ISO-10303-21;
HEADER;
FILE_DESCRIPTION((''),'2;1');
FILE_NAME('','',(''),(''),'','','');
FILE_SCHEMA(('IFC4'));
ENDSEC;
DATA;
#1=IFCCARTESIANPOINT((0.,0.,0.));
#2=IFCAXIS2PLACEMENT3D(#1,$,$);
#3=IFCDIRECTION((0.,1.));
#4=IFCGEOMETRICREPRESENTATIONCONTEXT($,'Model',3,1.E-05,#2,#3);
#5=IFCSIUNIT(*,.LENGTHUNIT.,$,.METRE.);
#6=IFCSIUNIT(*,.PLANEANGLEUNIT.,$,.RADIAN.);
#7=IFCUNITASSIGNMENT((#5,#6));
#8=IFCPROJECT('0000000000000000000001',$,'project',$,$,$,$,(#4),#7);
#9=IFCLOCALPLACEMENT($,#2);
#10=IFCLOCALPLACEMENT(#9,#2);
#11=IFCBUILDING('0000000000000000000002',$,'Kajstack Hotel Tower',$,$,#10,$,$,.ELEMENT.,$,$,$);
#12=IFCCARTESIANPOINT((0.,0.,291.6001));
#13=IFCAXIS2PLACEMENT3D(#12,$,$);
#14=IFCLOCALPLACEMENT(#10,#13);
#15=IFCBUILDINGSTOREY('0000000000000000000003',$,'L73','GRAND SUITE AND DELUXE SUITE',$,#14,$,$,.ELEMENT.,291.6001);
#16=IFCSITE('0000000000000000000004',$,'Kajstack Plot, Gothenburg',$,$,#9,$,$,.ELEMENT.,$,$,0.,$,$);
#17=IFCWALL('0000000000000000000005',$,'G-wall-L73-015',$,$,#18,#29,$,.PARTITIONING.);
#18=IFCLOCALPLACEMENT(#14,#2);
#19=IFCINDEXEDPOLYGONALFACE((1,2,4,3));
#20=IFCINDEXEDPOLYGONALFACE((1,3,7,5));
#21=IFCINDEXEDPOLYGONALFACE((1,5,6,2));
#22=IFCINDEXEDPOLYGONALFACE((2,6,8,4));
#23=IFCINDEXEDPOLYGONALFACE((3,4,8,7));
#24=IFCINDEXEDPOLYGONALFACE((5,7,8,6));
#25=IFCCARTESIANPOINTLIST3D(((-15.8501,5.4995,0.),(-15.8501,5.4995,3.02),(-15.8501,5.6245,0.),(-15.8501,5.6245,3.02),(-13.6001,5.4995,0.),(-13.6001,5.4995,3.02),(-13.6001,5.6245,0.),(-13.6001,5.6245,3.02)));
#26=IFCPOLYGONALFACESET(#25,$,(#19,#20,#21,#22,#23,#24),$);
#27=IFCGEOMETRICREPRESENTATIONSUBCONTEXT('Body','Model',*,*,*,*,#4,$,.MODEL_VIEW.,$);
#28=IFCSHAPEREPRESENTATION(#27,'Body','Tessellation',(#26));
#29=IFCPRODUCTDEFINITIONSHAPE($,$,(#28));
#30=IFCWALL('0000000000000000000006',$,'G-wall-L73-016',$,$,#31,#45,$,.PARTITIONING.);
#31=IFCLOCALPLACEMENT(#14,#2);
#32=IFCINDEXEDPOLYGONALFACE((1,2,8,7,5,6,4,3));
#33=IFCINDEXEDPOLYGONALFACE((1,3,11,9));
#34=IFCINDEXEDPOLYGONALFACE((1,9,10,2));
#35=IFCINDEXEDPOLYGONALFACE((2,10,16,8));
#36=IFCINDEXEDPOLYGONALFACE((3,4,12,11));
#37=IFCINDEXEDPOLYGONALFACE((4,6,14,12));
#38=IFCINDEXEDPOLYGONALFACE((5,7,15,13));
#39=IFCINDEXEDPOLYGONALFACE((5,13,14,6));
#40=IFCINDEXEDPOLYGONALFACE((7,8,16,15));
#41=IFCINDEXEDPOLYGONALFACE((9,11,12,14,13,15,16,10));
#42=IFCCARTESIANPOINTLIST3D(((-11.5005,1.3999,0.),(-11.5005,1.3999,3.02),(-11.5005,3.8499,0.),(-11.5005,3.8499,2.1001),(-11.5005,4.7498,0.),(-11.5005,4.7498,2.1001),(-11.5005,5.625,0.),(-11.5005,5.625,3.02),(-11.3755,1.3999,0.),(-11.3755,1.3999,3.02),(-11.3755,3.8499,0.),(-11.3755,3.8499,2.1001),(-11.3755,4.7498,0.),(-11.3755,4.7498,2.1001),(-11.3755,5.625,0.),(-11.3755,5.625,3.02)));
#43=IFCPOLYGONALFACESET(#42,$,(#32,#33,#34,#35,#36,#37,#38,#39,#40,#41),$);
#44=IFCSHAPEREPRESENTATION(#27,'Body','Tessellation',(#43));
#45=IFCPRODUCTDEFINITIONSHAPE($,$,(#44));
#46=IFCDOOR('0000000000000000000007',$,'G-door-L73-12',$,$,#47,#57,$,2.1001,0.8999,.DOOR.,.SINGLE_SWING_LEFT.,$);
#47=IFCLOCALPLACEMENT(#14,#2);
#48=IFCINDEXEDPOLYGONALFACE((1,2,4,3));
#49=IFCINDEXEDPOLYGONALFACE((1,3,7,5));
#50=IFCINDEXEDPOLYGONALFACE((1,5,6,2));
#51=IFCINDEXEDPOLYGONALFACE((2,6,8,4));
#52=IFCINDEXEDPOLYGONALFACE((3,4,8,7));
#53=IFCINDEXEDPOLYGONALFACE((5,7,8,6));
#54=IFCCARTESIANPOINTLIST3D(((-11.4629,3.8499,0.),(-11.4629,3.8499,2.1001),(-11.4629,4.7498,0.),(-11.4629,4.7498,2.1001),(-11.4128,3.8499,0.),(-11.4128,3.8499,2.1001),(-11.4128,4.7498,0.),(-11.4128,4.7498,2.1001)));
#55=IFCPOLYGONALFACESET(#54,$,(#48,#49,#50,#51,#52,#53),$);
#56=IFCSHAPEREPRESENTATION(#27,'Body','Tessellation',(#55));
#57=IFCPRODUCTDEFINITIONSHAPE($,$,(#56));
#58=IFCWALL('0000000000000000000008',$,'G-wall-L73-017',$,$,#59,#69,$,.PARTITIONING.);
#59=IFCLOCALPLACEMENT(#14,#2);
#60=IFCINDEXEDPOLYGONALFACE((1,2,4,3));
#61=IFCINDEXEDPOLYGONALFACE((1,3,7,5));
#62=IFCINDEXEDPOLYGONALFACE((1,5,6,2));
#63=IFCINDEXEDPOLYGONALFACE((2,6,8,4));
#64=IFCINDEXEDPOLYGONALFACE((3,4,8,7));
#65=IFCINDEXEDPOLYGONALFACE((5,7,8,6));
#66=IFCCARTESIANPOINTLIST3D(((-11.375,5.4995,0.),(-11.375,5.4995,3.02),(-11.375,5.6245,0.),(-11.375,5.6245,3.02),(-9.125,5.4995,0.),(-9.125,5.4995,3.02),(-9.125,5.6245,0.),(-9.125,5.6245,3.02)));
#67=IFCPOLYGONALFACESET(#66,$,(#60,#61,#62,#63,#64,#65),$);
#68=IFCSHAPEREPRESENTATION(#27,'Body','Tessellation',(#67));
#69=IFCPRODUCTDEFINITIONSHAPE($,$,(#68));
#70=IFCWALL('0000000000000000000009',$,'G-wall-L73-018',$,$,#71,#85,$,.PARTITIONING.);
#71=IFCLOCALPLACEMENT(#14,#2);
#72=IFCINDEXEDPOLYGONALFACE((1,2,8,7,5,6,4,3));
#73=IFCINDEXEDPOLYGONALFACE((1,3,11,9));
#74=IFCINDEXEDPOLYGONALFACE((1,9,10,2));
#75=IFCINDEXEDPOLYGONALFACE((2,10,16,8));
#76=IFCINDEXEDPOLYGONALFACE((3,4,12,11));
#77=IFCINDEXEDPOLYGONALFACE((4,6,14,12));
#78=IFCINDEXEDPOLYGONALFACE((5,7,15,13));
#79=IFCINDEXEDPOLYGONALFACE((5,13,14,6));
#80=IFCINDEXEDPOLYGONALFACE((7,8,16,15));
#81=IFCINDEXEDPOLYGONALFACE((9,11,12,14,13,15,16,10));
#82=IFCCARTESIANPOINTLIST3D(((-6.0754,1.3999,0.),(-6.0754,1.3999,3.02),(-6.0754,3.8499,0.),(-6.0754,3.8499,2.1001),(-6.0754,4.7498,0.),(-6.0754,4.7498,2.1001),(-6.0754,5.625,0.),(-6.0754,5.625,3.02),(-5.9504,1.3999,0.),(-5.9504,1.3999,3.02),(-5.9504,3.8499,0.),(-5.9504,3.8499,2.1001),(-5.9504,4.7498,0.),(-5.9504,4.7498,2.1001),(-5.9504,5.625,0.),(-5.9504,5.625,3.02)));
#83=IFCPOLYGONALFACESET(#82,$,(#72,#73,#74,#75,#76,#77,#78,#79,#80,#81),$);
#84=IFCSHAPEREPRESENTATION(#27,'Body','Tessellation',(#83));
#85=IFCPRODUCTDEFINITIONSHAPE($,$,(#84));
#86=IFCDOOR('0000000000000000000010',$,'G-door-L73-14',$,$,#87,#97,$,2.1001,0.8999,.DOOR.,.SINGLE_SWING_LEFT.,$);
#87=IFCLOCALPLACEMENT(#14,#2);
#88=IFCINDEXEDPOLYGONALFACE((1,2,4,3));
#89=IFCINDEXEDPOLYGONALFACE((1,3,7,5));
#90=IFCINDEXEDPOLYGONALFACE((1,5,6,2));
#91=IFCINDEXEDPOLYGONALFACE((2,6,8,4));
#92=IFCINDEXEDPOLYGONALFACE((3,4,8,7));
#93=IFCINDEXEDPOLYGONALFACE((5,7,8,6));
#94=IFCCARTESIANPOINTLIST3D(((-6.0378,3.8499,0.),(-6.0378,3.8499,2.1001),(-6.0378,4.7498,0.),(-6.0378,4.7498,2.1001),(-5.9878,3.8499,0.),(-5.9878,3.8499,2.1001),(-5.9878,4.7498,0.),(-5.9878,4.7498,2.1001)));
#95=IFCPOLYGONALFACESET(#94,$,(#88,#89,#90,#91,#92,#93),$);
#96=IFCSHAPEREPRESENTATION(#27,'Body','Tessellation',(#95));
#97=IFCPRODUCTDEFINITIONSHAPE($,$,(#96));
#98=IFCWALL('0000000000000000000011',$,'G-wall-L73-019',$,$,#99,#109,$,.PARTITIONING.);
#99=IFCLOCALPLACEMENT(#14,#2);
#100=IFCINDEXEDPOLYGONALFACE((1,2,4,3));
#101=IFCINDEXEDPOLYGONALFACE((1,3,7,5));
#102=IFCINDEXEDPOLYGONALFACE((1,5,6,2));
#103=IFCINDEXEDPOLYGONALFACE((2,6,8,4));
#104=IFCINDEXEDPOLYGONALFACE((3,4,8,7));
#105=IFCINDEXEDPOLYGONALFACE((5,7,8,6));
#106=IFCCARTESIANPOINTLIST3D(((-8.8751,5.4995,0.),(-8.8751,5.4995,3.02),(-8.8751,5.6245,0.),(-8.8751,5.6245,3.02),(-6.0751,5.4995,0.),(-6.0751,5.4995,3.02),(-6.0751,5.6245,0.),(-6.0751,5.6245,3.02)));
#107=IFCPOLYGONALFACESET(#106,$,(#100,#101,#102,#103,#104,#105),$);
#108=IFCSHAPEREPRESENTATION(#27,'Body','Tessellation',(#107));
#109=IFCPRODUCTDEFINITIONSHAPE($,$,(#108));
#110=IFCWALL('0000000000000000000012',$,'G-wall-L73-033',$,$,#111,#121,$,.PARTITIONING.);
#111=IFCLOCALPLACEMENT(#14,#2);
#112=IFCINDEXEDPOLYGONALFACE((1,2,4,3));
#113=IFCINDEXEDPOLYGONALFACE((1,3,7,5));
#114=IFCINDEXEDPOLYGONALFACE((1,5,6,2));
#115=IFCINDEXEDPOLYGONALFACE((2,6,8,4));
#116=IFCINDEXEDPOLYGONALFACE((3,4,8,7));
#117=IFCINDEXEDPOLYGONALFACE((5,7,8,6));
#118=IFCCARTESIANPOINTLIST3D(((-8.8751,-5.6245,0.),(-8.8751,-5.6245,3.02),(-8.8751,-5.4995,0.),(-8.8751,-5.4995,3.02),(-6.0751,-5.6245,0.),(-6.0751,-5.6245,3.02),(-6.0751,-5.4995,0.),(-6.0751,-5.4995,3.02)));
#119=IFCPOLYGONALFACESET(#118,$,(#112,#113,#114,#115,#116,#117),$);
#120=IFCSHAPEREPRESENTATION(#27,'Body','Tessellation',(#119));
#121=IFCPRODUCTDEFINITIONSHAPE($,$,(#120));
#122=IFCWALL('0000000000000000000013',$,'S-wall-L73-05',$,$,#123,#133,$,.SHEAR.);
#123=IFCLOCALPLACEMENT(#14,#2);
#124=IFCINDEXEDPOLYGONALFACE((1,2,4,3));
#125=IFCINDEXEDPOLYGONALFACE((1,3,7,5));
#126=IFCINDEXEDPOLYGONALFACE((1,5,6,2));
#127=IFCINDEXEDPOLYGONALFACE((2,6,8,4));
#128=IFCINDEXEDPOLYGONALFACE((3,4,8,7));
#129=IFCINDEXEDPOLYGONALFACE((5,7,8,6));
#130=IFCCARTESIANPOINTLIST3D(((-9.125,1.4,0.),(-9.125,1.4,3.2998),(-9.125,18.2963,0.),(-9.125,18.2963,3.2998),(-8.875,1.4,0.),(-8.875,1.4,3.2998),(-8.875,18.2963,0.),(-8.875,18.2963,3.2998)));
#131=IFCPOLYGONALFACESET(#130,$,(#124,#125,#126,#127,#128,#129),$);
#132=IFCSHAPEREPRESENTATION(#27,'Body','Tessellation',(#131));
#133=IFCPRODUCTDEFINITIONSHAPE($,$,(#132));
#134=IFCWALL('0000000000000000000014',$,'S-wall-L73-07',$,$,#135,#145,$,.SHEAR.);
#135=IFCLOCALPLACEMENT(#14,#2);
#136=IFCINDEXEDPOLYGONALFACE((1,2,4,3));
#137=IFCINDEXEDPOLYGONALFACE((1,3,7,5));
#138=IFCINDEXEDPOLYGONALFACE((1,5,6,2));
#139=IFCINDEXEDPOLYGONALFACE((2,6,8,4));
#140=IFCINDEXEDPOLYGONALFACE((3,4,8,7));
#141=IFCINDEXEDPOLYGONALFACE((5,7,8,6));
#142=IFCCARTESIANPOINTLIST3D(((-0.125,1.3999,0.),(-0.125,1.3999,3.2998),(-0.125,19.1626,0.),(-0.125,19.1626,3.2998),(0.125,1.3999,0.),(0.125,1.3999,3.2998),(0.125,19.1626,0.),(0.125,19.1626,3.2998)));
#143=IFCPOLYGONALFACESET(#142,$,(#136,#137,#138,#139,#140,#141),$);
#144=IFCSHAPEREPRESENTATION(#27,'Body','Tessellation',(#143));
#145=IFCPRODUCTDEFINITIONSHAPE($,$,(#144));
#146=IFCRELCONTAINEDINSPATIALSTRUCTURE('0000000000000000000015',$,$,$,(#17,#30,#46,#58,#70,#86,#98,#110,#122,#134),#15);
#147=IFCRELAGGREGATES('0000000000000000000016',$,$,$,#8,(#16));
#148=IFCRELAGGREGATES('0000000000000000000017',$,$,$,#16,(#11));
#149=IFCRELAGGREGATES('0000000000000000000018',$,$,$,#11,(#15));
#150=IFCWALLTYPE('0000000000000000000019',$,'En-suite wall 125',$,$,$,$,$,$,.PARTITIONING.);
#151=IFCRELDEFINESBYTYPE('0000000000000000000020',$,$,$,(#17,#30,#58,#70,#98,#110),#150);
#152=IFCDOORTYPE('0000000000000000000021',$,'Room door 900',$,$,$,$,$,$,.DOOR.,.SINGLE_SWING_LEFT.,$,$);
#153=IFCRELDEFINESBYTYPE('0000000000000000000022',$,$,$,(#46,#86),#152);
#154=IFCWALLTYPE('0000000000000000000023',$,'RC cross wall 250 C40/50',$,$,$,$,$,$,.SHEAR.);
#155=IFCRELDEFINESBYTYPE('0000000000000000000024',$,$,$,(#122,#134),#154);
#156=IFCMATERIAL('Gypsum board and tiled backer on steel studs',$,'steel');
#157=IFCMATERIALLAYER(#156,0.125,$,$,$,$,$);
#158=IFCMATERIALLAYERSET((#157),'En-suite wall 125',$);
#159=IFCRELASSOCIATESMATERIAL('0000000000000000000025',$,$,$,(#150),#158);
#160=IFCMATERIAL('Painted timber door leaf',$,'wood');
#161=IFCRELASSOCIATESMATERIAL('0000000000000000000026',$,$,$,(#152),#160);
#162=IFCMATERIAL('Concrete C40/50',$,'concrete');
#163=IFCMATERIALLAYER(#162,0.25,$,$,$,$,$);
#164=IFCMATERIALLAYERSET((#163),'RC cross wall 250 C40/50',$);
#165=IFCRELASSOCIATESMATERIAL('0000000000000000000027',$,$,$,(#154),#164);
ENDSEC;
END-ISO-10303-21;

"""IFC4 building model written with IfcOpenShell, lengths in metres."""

from ifc_helpers import new_model, si_unit, direction, frame, frame_2d, origin, place, context, subcontext, project, spatial, rectangle, extrude, material, layer, layer_set, type_object, element, fill, save


model = new_model("IFC4")

# Units and contexts
model_context = context("Model", 3, precision=1e-05, world=origin(), true_north=direction((0.0, 1.0)))
body_context = subcontext(model_context, "Body", "Model", "MODEL_VIEW")
ifc_project = project(units=[si_unit("LENGTHUNIT", "METRE"), si_unit("PLANEANGLEUNIT", "RADIAN")], contexts=[model_context])

# Site, building, storey
site_placement = place(None, origin())
site = spatial("IfcSite", under=ifc_project, at=site_placement, Name="Kajstack Plot, Gothenburg", CompositionType="ELEMENT", RefElevation=0.0)
building_placement = place(site_placement, origin())
building = spatial("IfcBuilding", under=site, at=building_placement, Name="Kajstack Hotel Tower", CompositionType="ELEMENT")
storey_placement = place(building_placement, frame((0.0, 0.0, 291.6001)))
storey = spatial("IfcBuildingStorey", under=building, at=storey_placement, Name="L73", Description="GRAND SUITE AND DELUXE SUITE", CompositionType="ELEMENT", Elevation=291.6001)

# Wall
ifc_material_1 = material(Name="Gypsum board and tiled backer on steel studs", Category="steel")
ifc_layer_1 = layer(ifc_material_1, 0.125)
ifc_layer_set_1 = layer_set([ifc_layer_1], Name="En-suite wall 125")
wall_type_1 = type_object("IfcWallType", Name="En-suite wall 125", PredefinedType="PARTITIONING", material=ifc_layer_set_1)
wall_1_placement = place(storey_placement, frame((-15.8501, 5.562, 0.0), z_axis=(0.0, 0.0, 1.0), x_axis=(1.0, 0.0, 0.0)))
element("IfcWall", 1, at=wall_1_placement, inside=storey, type_object=wall_type_1, Name="G-wall-L73-015", PredefinedType="PARTITIONING", context=body_context, shape_type="SweptSolid", body=[
    extrude(rectangle(XDim=2.25, YDim=0.125, at=frame_2d((1.125, 0.0))), origin(), (0.0, 0.0, 1.0), 3.02),
])

# Wall, opening, door
wall_2_placement = place(storey_placement, frame((-11.438, 1.3999, 0.0), z_axis=(0.0, 0.0, 1.0), x_axis=(0.0, 1.0, 0.0)))
wall_2 = element("IfcWall", 2, at=wall_2_placement, inside=storey, type_object=wall_type_1, Name="G-wall-L73-016", PredefinedType="PARTITIONING", context=body_context, shape_type="SweptSolid", body=[
    extrude(rectangle(XDim=4.2251, YDim=0.125, at=frame_2d((2.1125, 0.0))), origin(), (0.0, 0.0, 1.0), 3.02),
])
opening_1_placement = place(wall_2_placement, frame((2.45, 0.0, 0.0)))
opening_1 = element("IfcOpeningElement", 3, at=opening_1_placement, cuts=wall_2, PredefinedType="OPENING", context=body_context, shape_type="SweptSolid", body=[
    extrude(rectangle(XDim=0.8999, YDim=2.1001, at=frame_2d((0.45, 1.05))), frame((0.0, 0.0725, 0.0), z_axis=(0.0, -1.0, 0.0), x_axis=(1.0, 0.0, 0.0)), (0.0, 0.0, 1.0), 0.145),
])
ifc_material_2 = material(Name="Painted timber door leaf", Category="wood")
door_type_1 = type_object("IfcDoorType", Name="Room door 900", OperationType="SINGLE_SWING_LEFT", PredefinedType="DOOR", material=ifc_material_2)
door_1_placement = place(opening_1_placement, origin())
door_1 = element("IfcDoor", 4, at=door_1_placement, inside=storey, type_object=door_type_1, Name="G-door-L73-12", OperationType="SINGLE_SWING_LEFT", OverallHeight=2.1001, OverallWidth=0.8999, PredefinedType="DOOR", context=body_context, shape_type="SweptSolid", body=[
    extrude(rectangle(XDim=0.8999, YDim=2.1001, at=frame_2d((0.45, 1.05))), frame((0.0, 0.0249, 0.0), z_axis=(0.0, -1.0, 0.0), x_axis=(1.0, 0.0, 0.0)), (0.0, 0.0, 1.0), 0.05),
])
fill(opening_1, door_1)

# Wall
wall_3_placement = place(storey_placement, frame((-11.375, 5.562, 0.0), z_axis=(0.0, 0.0, 1.0), x_axis=(1.0, 0.0, 0.0)))
element("IfcWall", 5, at=wall_3_placement, inside=storey, type_object=wall_type_1, Name="G-wall-L73-017", PredefinedType="PARTITIONING", context=body_context, shape_type="SweptSolid", body=[
    extrude(rectangle(XDim=2.25, YDim=0.125, at=frame_2d((1.125, 0.0))), origin(), (0.0, 0.0, 1.0), 3.02),
])

# Wall, opening, door
wall_4_placement = place(storey_placement, frame((-6.0129, 1.3999, 0.0), z_axis=(0.0, 0.0, 1.0), x_axis=(0.0, 1.0, 0.0)))
wall_4 = element("IfcWall", 6, at=wall_4_placement, inside=storey, type_object=wall_type_1, Name="G-wall-L73-018", PredefinedType="PARTITIONING", context=body_context, shape_type="SweptSolid", body=[
    extrude(rectangle(XDim=4.2251, YDim=0.125, at=frame_2d((2.1125, 0.0))), origin(), (0.0, 0.0, 1.0), 3.02),
])
opening_2_placement = place(wall_4_placement, frame((2.45, 0.0, 0.0)))
opening_2 = element("IfcOpeningElement", 7, at=opening_2_placement, cuts=wall_4, PredefinedType="OPENING", context=body_context, shape_type="SweptSolid", body=[
    extrude(rectangle(XDim=0.8999, YDim=2.1001, at=frame_2d((0.45, 1.05))), frame((0.0, 0.0725, 0.0), z_axis=(0.0, -1.0, 0.0), x_axis=(1.0, 0.0, 0.0)), (0.0, 0.0, 1.0), 0.145),
])
door_2_placement = place(opening_2_placement, origin())
door_2 = element("IfcDoor", 8, at=door_2_placement, inside=storey, type_object=door_type_1, Name="G-door-L73-14", OperationType="SINGLE_SWING_LEFT", OverallHeight=2.1001, OverallWidth=0.8999, PredefinedType="DOOR", context=body_context, shape_type="SweptSolid", body=[
    extrude(rectangle(XDim=0.8999, YDim=2.1001, at=frame_2d((0.45, 1.05))), frame((0.0, 0.0249, 0.0), z_axis=(0.0, -1.0, 0.0), x_axis=(1.0, 0.0, 0.0)), (0.0, 0.0, 1.0), 0.05),
])
fill(opening_2, door_2)

# Walls
for number, where, z_axis, x_axis, name in (
    (9, (-8.875, 5.562, 0.0), (0.0, 0.0, 1.0), (1.0, 0.0, 0.0), "G-wall-L73-019"),
    (10, (-8.875, -5.562, 0.0), (0.0, 0.0, 1.0), (1.0, 0.0, 0.0), "G-wall-L73-033"),
):
    element("IfcWall", number, at=place(storey_placement, frame(where, z_axis=z_axis, x_axis=x_axis)), inside=storey, type_object=wall_type_1, Name=name, PredefinedType="PARTITIONING", context=body_context, shape_type="SweptSolid", body=[
        extrude(rectangle(XDim=2.8, YDim=0.125, at=frame_2d((1.3999, 0.0))), origin(), (0.0, 0.0, 1.0), 3.02),
    ])
ifc_material_3 = material(Name="Concrete C40/50", Category="concrete")
ifc_layer_2 = layer(ifc_material_3, 0.25)
ifc_layer_set_2 = layer_set([ifc_layer_2], Name="RC cross wall 250 C40/50")
wall_type_2 = type_object("IfcWallType", Name="RC cross wall 250 C40/50", PredefinedType="SHEAR", material=ifc_layer_set_2)
wall_5_placement = place(storey_placement, frame((-9.0, 1.3999, 0.0), z_axis=(0.0, 0.0, 1.0), x_axis=(0.0, 1.0, 0.0)))
element("IfcWall", 11, at=wall_5_placement, inside=storey, type_object=wall_type_2, Name="S-wall-L73-05", PredefinedType="SHEAR", context=body_context, shape_type="SweptSolid", body=[
    extrude(rectangle(XDim=16.8962, YDim=0.25, at=frame_2d((8.4482, 0.0))), origin(), (0.0, 0.0, 1.0), 3.2998),
])
wall_6_placement = place(storey_placement, frame((0.0, 1.3999, 0.0), z_axis=(0.0, 0.0, 1.0), x_axis=(0.0, 1.0, 0.0)))
element("IfcWall", 12, at=wall_6_placement, inside=storey, type_object=wall_type_2, Name="S-wall-L73-07", PredefinedType="SHEAR", context=body_context, shape_type="SweptSolid", body=[
    extrude(rectangle(XDim=17.7627, YDim=0.25, at=frame_2d((8.8813, 0.0))), origin(), (0.0, 0.0, 1.0), 3.2998),
])

save(model, "model.ifc")
